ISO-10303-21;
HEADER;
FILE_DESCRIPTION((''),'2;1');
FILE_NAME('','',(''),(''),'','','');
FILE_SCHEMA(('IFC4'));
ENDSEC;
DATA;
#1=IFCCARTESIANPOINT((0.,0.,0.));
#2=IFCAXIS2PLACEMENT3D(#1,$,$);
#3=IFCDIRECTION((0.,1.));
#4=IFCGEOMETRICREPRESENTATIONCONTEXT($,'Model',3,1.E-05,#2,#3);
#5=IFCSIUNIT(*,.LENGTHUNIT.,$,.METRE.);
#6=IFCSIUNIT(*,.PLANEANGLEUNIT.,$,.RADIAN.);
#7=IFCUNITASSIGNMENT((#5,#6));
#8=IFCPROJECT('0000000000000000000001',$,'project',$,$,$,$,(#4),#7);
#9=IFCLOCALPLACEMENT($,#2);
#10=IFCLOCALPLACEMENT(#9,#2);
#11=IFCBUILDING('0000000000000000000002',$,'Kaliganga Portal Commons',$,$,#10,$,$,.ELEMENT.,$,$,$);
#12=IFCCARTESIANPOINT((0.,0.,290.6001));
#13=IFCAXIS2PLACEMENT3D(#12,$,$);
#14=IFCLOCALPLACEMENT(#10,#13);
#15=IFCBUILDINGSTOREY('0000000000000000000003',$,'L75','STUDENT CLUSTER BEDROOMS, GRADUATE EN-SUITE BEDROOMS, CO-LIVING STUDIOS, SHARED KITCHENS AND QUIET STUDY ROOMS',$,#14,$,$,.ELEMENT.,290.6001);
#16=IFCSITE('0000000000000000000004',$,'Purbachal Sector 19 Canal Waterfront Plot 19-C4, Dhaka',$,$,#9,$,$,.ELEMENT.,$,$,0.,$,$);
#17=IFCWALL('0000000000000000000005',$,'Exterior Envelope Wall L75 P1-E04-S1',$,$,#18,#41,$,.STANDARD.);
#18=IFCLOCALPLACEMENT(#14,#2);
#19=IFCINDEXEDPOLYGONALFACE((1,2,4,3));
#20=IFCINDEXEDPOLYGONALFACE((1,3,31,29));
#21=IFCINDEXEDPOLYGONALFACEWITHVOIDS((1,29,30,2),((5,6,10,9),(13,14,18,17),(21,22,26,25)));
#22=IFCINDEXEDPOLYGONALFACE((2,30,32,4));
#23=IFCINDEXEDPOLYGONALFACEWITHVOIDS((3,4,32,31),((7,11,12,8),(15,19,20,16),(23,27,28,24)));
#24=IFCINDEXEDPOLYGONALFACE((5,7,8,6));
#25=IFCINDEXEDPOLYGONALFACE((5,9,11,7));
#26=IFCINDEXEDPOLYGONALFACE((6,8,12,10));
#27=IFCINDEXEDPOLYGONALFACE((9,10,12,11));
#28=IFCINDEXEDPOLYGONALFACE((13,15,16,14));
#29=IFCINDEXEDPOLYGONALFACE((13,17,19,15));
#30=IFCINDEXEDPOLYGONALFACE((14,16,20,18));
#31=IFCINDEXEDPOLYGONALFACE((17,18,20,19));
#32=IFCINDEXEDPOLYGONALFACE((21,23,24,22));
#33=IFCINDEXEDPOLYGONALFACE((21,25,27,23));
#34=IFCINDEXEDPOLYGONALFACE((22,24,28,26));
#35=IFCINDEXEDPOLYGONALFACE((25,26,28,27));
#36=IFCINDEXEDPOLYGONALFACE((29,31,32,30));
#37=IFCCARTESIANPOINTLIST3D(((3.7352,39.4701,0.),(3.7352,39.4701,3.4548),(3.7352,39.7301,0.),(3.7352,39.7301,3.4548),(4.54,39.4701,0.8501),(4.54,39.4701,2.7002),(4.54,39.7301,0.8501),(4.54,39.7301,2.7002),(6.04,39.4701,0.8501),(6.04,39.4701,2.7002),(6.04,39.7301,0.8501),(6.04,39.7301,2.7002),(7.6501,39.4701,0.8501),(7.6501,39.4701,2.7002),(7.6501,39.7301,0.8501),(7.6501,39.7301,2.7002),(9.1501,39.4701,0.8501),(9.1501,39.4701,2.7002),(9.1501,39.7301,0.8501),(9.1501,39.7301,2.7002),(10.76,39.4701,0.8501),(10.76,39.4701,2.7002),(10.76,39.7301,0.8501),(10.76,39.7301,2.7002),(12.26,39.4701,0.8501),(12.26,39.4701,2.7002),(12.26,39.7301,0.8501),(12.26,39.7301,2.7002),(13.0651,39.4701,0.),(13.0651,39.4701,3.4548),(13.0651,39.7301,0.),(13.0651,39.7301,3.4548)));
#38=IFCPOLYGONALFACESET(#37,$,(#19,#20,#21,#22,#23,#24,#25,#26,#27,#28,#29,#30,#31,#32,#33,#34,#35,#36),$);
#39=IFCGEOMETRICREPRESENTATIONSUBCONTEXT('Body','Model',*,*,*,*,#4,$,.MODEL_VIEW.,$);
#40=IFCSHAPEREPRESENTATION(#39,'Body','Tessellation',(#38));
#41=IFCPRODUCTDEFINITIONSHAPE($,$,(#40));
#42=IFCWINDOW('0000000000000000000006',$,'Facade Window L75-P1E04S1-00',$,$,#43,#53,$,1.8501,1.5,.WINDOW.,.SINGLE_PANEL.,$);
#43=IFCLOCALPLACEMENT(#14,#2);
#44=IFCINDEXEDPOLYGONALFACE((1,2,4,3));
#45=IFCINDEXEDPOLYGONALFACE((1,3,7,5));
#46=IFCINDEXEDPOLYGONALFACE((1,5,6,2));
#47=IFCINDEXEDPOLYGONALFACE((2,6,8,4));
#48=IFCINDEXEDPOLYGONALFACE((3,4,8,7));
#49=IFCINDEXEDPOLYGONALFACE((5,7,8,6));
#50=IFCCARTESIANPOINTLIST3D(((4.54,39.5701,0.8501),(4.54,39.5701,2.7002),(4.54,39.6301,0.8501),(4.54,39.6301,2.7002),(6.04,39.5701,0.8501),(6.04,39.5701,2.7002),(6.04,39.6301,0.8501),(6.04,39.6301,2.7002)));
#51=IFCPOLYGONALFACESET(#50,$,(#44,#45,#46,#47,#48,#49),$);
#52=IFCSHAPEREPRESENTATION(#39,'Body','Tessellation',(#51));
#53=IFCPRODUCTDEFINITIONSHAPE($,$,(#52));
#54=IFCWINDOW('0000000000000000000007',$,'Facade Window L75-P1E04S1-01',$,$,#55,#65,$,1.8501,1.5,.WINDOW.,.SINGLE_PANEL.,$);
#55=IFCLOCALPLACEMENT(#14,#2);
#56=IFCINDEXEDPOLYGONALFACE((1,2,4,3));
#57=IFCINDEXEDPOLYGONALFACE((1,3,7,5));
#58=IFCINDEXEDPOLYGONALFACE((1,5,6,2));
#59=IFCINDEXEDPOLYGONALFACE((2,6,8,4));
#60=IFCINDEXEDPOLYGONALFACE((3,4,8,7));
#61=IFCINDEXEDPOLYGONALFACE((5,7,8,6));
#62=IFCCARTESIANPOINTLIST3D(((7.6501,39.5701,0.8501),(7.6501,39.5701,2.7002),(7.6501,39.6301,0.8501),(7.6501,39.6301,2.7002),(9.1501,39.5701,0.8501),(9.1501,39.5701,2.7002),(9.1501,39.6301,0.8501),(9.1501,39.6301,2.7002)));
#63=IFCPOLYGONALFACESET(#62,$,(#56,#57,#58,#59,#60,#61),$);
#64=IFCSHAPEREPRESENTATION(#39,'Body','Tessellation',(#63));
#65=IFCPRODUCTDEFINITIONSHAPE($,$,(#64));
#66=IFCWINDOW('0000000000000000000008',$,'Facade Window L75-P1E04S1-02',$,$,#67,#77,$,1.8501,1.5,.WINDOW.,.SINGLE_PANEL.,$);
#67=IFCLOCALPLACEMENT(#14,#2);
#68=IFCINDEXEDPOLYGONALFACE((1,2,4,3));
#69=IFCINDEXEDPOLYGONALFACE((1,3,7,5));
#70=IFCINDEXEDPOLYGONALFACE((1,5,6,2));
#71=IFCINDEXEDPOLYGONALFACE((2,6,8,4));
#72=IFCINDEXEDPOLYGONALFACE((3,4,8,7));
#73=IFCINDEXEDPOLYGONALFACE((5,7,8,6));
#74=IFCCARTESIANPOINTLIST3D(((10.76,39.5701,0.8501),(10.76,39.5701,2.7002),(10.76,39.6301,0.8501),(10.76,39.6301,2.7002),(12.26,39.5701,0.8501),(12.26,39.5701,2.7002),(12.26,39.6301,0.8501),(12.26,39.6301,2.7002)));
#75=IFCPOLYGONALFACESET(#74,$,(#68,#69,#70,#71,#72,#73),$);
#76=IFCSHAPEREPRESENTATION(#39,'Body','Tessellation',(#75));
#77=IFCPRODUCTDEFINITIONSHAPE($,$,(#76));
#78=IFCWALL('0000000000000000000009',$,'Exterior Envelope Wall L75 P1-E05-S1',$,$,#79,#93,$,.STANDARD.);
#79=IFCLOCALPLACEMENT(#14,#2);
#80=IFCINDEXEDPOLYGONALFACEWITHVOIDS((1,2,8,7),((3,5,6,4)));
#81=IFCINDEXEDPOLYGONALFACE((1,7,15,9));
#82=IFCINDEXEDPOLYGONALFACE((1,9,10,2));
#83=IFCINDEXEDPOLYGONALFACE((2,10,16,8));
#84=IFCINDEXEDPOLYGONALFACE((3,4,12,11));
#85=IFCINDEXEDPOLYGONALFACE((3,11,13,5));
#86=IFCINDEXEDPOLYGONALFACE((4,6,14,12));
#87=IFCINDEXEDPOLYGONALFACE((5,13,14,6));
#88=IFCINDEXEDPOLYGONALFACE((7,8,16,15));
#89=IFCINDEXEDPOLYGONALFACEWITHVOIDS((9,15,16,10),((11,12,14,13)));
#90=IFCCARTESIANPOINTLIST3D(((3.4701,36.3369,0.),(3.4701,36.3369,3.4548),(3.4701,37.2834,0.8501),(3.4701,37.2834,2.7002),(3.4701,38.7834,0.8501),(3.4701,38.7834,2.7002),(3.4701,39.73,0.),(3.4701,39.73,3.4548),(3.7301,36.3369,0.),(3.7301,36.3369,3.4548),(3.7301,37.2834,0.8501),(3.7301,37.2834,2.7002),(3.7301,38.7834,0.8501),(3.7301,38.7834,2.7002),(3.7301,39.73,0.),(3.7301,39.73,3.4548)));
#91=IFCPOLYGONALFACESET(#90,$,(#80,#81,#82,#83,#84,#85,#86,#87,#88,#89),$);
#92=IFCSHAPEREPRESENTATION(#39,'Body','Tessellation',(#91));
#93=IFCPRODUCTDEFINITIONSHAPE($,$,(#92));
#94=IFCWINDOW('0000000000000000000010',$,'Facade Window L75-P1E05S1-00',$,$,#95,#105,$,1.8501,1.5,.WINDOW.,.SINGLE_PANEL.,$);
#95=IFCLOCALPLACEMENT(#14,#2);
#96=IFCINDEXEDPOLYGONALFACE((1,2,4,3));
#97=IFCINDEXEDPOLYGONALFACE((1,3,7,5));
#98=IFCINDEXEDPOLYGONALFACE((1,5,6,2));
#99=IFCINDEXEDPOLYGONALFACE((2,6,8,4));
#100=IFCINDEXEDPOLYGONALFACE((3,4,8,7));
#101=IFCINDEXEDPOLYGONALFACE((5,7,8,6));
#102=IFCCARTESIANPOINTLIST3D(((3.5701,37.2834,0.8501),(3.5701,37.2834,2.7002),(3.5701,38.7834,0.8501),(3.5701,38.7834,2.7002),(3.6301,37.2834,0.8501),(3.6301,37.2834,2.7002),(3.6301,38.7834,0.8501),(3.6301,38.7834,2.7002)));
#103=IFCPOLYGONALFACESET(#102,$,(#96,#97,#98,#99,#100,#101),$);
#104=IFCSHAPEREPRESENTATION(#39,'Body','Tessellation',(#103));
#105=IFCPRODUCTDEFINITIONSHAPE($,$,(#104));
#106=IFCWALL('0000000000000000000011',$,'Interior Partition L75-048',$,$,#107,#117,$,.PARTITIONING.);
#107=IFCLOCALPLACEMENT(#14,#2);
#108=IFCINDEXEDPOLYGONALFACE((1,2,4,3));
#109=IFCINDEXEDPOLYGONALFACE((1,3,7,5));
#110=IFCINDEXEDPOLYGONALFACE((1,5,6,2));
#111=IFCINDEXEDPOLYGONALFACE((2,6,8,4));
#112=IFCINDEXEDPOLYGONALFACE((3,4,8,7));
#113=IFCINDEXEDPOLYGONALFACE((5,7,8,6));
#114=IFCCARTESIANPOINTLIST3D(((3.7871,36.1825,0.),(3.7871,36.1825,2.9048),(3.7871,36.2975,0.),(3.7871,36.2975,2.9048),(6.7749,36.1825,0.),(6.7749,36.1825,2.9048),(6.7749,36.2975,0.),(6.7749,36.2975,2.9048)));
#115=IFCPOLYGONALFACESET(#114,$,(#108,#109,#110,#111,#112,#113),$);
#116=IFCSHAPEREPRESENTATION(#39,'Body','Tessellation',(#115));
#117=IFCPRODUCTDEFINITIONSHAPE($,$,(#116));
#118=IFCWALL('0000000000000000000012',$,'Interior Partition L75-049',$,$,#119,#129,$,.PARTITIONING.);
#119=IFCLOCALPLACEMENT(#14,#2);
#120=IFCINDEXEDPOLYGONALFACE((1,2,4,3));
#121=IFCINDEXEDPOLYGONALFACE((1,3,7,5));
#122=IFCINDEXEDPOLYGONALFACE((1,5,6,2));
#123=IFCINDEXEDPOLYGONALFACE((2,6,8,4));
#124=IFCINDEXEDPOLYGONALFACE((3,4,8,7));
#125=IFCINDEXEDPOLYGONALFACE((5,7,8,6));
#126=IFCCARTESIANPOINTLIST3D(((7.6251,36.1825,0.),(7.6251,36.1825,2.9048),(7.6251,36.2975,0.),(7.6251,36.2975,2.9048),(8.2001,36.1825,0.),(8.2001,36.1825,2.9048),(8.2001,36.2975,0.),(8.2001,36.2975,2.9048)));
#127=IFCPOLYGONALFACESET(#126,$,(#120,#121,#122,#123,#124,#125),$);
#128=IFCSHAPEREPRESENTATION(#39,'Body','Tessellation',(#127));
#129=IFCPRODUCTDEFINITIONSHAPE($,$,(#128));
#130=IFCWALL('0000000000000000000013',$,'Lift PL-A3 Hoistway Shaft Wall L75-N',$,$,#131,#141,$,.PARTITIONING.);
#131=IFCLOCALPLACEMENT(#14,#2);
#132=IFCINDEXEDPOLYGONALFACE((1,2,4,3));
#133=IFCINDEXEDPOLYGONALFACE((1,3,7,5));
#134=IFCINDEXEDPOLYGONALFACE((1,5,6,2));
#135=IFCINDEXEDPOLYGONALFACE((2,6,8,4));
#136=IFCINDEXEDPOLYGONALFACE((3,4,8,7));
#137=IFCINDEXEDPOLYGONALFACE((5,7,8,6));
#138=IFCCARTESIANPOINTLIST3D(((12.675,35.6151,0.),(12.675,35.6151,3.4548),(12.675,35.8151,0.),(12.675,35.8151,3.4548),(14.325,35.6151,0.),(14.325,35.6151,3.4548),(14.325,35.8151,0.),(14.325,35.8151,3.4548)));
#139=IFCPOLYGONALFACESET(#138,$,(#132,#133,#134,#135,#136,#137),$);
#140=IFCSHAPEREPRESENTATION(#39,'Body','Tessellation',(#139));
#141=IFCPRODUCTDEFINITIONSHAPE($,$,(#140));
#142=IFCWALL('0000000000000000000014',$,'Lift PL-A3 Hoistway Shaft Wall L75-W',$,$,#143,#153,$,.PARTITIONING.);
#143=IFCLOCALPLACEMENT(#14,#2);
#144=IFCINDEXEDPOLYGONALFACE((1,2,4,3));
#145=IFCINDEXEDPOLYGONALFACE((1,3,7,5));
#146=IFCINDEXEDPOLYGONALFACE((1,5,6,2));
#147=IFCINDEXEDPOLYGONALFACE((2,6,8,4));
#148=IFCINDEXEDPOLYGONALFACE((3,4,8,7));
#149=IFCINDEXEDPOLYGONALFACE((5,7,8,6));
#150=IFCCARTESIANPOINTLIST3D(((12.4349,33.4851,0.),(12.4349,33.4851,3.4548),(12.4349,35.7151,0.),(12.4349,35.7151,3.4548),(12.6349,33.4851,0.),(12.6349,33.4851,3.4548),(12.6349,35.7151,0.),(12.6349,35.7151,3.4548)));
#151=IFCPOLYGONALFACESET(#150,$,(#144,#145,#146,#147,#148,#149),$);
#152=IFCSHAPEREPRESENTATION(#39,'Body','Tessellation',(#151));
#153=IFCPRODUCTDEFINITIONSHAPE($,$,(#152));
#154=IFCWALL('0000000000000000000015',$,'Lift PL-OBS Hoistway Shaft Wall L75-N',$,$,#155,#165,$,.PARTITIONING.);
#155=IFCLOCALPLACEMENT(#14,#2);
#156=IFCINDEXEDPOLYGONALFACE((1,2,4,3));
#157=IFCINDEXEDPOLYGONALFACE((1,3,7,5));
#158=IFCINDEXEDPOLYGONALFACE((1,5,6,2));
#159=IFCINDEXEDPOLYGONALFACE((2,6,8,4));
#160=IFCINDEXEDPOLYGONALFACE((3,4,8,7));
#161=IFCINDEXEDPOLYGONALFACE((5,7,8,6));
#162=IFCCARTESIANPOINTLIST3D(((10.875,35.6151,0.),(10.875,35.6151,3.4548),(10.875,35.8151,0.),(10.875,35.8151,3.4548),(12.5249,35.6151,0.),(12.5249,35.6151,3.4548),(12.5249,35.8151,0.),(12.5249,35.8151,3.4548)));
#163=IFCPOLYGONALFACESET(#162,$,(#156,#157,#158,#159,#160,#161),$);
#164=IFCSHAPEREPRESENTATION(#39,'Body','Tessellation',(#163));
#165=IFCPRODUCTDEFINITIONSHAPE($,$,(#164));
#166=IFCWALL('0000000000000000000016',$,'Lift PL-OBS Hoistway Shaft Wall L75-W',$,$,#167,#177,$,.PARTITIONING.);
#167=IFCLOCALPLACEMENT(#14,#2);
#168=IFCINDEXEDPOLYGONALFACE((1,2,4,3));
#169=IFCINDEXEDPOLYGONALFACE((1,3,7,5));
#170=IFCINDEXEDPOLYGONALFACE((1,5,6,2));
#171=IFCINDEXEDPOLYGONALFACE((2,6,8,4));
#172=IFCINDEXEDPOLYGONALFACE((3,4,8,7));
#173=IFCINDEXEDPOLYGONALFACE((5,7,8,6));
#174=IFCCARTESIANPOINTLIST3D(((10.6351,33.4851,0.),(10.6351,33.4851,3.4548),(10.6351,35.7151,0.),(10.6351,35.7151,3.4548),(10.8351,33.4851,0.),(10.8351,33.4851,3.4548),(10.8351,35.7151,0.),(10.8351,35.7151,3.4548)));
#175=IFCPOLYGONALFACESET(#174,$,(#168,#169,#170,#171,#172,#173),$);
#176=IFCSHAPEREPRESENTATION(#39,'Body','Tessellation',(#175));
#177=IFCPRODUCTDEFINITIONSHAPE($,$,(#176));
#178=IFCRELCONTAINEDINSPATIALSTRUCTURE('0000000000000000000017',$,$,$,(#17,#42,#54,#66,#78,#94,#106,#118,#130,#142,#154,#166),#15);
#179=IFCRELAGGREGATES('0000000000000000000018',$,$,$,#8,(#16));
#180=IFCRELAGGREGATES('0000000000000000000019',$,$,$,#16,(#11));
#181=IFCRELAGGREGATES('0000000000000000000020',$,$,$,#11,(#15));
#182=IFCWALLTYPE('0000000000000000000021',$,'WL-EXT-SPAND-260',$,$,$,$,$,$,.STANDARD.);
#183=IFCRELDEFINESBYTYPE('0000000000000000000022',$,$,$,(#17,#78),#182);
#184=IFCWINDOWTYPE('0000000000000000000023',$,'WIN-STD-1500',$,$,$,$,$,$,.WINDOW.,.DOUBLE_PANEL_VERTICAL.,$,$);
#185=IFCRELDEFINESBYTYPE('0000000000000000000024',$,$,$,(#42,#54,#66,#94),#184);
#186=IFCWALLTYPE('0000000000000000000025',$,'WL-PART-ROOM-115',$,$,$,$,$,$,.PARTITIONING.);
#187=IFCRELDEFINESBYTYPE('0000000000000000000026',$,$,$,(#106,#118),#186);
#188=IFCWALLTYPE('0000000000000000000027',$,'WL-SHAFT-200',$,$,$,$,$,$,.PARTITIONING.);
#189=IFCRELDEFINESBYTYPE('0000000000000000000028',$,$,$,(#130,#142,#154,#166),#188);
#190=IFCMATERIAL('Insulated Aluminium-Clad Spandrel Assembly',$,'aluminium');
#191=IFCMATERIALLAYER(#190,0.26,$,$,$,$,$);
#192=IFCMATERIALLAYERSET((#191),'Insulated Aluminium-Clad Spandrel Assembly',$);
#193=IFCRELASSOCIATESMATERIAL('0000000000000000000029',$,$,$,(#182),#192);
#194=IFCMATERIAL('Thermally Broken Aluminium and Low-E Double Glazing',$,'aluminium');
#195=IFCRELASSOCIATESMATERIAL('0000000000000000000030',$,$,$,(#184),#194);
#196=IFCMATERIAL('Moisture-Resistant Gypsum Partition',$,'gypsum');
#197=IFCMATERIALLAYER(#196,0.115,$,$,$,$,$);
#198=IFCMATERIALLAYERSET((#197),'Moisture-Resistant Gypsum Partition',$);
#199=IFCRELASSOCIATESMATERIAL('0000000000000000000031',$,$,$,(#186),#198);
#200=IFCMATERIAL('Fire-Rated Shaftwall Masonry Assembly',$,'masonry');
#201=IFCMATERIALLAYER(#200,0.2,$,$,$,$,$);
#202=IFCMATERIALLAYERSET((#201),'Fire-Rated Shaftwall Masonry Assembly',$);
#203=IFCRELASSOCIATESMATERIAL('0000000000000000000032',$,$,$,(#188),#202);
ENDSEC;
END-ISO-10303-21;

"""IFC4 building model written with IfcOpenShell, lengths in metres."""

from ifc_helpers import new_model, si_unit, direction, frame, frame_2d, origin, place, context, subcontext, project, spatial, rectangle, extrude, material, layer, layer_set, type_object, element, fill, save


model = new_model("IFC4")

# Units and contexts
model_context = context("Model", 3, precision=1e-05, world=origin(), true_north=direction((0.0, 1.0)))
body_context = subcontext(model_context, "Body", "Model", "MODEL_VIEW")
ifc_project = project(units=[si_unit("LENGTHUNIT", "METRE"), si_unit("PLANEANGLEUNIT", "RADIAN")], contexts=[model_context])

# Site, building, storey
site_placement = place(None, origin())
site = spatial("IfcSite", under=ifc_project, at=site_placement, Name="Purbachal Sector 19 Canal Waterfront Plot 19-C4, Dhaka", CompositionType="ELEMENT", RefElevation=0.0)
building_placement = place(site_placement, origin())
building = spatial("IfcBuilding", under=site, at=building_placement, Name="Kaliganga Portal Commons", CompositionType="ELEMENT")
storey_placement = place(building_placement, frame((0.0, 0.0, 290.6001)))
storey = spatial("IfcBuildingStorey", under=building, at=storey_placement, Name="L75", Description="STUDENT CLUSTER BEDROOMS, GRADUATE EN-SUITE BEDROOMS, CO-LIVING STUDIOS, SHARED KITCHENS AND QUIET STUDY ROOMS", CompositionType="ELEMENT", Elevation=290.6001)

# Wall, openings, windows
ifc_material_1 = material(Name="Insulated Aluminium-Clad Spandrel Assembly", Category="aluminium")
ifc_layer_1 = layer(ifc_material_1, 0.26)
ifc_layer_set_1 = layer_set([ifc_layer_1], Name="Insulated Aluminium-Clad Spandrel Assembly")
wall_type_1 = type_object("IfcWallType", Name="WL-EXT-SPAND-260", PredefinedType="STANDARD", material=ifc_layer_set_1)
wall_1_placement = place(storey_placement, frame((3.7351, 39.6001, 0.0), z_axis=(0.0, 0.0, 1.0), x_axis=(1.0, 0.0, 0.0)))
wall_1 = element("IfcWall", 1, at=wall_1_placement, inside=storey, type_object=wall_type_1, Name="Exterior Envelope Wall L75 P1-E04-S1", PredefinedType="STANDARD", context=body_context, shape_type="SweptSolid", body=[
    extrude(rectangle(XDim=9.3298, YDim=0.26, at=frame_2d((4.665, 0.0))), origin(), (0.0, 0.0, 1.0), 3.4548),
])
opening_1_placement = place(wall_1_placement, frame((0.8049, 0.0, 0.8501)))
opening_1 = element("IfcOpeningElement", 2, at=opening_1_placement, cuts=wall_1, PredefinedType="OPENING", context=body_context, shape_type="SweptSolid", body=[
    extrude(rectangle(XDim=1.5, YDim=1.8501, at=frame_2d((0.75, 0.925))), frame((0.0, 0.1401, 0.0), z_axis=(0.0, -1.0, 0.0), x_axis=(1.0, 0.0, 0.0)), (0.0, 0.0, 1.0), 0.28),
])
opening_2_placement = place(wall_1_placement, frame((3.915, 0.0, 0.8501)))
opening_2 = element("IfcOpeningElement", 3, at=opening_2_placement, cuts=wall_1, PredefinedType="OPENING", context=body_context, shape_type="SweptSolid", body=[
    extrude(rectangle(XDim=1.5, YDim=1.8501, at=frame_2d((0.75, 0.925))), frame((0.0, 0.1401, 0.0), z_axis=(0.0, -1.0, 0.0), x_axis=(1.0, 0.0, 0.0)), (0.0, 0.0, 1.0), 0.28),
])
opening_3_placement = place(wall_1_placement, frame((7.0249, 0.0, 0.8501)))
opening_3 = element("IfcOpeningElement", 4, at=opening_3_placement, cuts=wall_1, PredefinedType="OPENING", context=body_context, shape_type="SweptSolid", body=[
    extrude(rectangle(XDim=1.5, YDim=1.8501, at=frame_2d((0.75, 0.925))), frame((0.0, 0.1401, 0.0), z_axis=(0.0, -1.0, 0.0), x_axis=(1.0, 0.0, 0.0)), (0.0, 0.0, 1.0), 0.28),
])
ifc_material_2 = material(Name="Thermally Broken Aluminium and Low-E Double Glazing", Category="aluminium")
window_type = type_object("IfcWindowType", Name="WIN-STD-1500", PartitioningType="DOUBLE_PANEL_VERTICAL", PredefinedType="WINDOW", material=ifc_material_2)
window_1_placement = place(opening_1_placement, origin())
window_1 = element("IfcWindow", 5, at=window_1_placement, inside=storey, type_object=window_type, Name="Facade Window L75-P1E04S1-00", OverallHeight=1.8501, OverallWidth=1.5, PartitioningType="SINGLE_PANEL", PredefinedType="WINDOW", context=body_context, shape_type="SweptSolid", body=[
    extrude(rectangle(XDim=1.5, YDim=1.8501, at=frame_2d((0.75, 0.925))), frame((0.0, 0.03, 0.0), z_axis=(0.0, -1.0, 0.0), x_axis=(1.0, 0.0, 0.0)), (0.0, 0.0, 1.0), 0.0601),
])
fill(opening_1, window_1)
window_2_placement = place(opening_2_placement, origin())
window_2 = element("IfcWindow", 6, at=window_2_placement, inside=storey, type_object=window_type, Name="Facade Window L75-P1E04S1-01", OverallHeight=1.8501, OverallWidth=1.5, PartitioningType="SINGLE_PANEL", PredefinedType="WINDOW", context=body_context, shape_type="SweptSolid", body=[
    extrude(rectangle(XDim=1.5, YDim=1.8501, at=frame_2d((0.75, 0.925))), frame((0.0, 0.03, 0.0), z_axis=(0.0, -1.0, 0.0), x_axis=(1.0, 0.0, 0.0)), (0.0, 0.0, 1.0), 0.0601),
])
fill(opening_2, window_2)
window_3_placement = place(opening_3_placement, origin())
window_3 = element("IfcWindow", 7, at=window_3_placement, inside=storey, type_object=window_type, Name="Facade Window L75-P1E04S1-02", OverallHeight=1.8501, OverallWidth=1.5, PartitioningType="SINGLE_PANEL", PredefinedType="WINDOW", context=body_context, shape_type="SweptSolid", body=[
    extrude(rectangle(XDim=1.5, YDim=1.8501, at=frame_2d((0.75, 0.925))), frame((0.0, 0.03, 0.0), z_axis=(0.0, -1.0, 0.0), x_axis=(1.0, 0.0, 0.0)), (0.0, 0.0, 1.0), 0.0601),
])
fill(opening_3, window_3)

# Wall, opening, window
wall_2_placement = place(storey_placement, frame((3.6001, 36.3369, 0.0), z_axis=(0.0, 0.0, 1.0), x_axis=(0.0, 1.0, 0.0)))
wall_2 = element("IfcWall", 8, at=wall_2_placement, inside=storey, type_object=wall_type_1, Name="Exterior Envelope Wall L75 P1-E05-S1", PredefinedType="STANDARD", context=body_context, shape_type="SweptSolid", body=[
    extrude(rectangle(XDim=3.3931, YDim=0.26, at=frame_2d((1.6965, 0.0))), origin(), (0.0, 0.0, 1.0), 3.4548),
])
opening_4_placement = place(wall_2_placement, frame((0.9465, 0.0, 0.8501)))
opening_4 = element("IfcOpeningElement", 9, at=opening_4_placement, cuts=wall_2, PredefinedType="OPENING", context=body_context, shape_type="SweptSolid", body=[
    extrude(rectangle(XDim=1.5, YDim=1.8501, at=frame_2d((0.75, 0.925))), frame((0.0, 0.1401, 0.0), z_axis=(0.0, -1.0, 0.0), x_axis=(1.0, 0.0, 0.0)), (0.0, 0.0, 1.0), 0.28),
])
window_4_placement = place(opening_4_placement, origin())
window_4 = element("IfcWindow", 10, at=window_4_placement, inside=storey, type_object=window_type, Name="Facade Window L75-P1E05S1-00", OverallHeight=1.8501, OverallWidth=1.5, PartitioningType="SINGLE_PANEL", PredefinedType="WINDOW", context=body_context, shape_type="SweptSolid", body=[
    extrude(rectangle(XDim=1.5, YDim=1.8501, at=frame_2d((0.75, 0.925))), frame((0.0, 0.03, 0.0), z_axis=(0.0, -1.0, 0.0), x_axis=(1.0, 0.0, 0.0)), (0.0, 0.0, 1.0), 0.0601),
])
fill(opening_4, window_4)

# Walls
ifc_material_3 = material(Name="Moisture-Resistant Gypsum Partition", Category="gypsum")
ifc_layer_2 = layer(ifc_material_3, 0.115)
ifc_layer_set_2 = layer_set([ifc_layer_2], Name="Moisture-Resistant Gypsum Partition")
wall_type_2 = type_object("IfcWallType", Name="WL-PART-ROOM-115", PredefinedType="PARTITIONING", material=ifc_layer_set_2)
wall_3_placement = place(storey_placement, frame((3.7871, 36.24, 0.0), z_axis=(0.0, 0.0, 1.0), x_axis=(1.0, 0.0, 0.0)))
element("IfcWall", 11, at=wall_3_placement, inside=storey, type_object=wall_type_2, Name="Interior Partition L75-048", PredefinedType="PARTITIONING", context=body_context, shape_type="SweptSolid", body=[
    extrude(rectangle(XDim=2.9878, YDim=0.115, at=frame_2d((1.4939, 0.0))), origin(), (0.0, 0.0, 1.0), 2.9048),
])
wall_4_placement = place(storey_placement, frame((7.625, 36.24, 0.0), z_axis=(0.0, 0.0, 1.0), x_axis=(1.0, 0.0, 0.0)))
element("IfcWall", 12, at=wall_4_placement, inside=storey, type_object=wall_type_2, Name="Interior Partition L75-049", PredefinedType="PARTITIONING", context=body_context, shape_type="SweptSolid", body=[
    extrude(rectangle(XDim=0.575, YDim=0.115, at=frame_2d((0.2876, 0.0))), origin(), (0.0, 0.0, 1.0), 2.9048),
])

# Shared definitions
ifc_material_4 = material(Name="Fire-Rated Shaftwall Masonry Assembly", Category="masonry")
ifc_layer_3 = layer(ifc_material_4, 0.2)
ifc_layer_set_3 = layer_set([ifc_layer_3], Name="Fire-Rated Shaftwall Masonry Assembly")
wall_type_3 = type_object("IfcWallType", Name="WL-SHAFT-200", PredefinedType="PARTITIONING", material=ifc_layer_set_3)

# Walls
wall_5_placement = place(storey_placement, frame((12.675, 35.7151, 0.0), z_axis=(0.0, 0.0, 1.0), x_axis=(1.0, 0.0, 0.0)))
element("IfcWall", 13, at=wall_5_placement, inside=storey, type_object=wall_type_3, Name="Lift PL-A3 Hoistway Shaft Wall L75-N", PredefinedType="PARTITIONING", context=body_context, shape_type="SweptSolid", body=[
    extrude(rectangle(XDim=1.6499, YDim=0.2, at=frame_2d((0.825, 0.0))), origin(), (0.0, 0.0, 1.0), 3.4548),
])
wall_6_placement = place(storey_placement, frame((12.5349, 33.4851, 0.0), z_axis=(0.0, 0.0, 1.0), x_axis=(0.0, 1.0, 0.0)))
element("IfcWall", 14, at=wall_6_placement, inside=storey, type_object=wall_type_3, Name="Lift PL-A3 Hoistway Shaft Wall L75-W", PredefinedType="PARTITIONING", context=body_context, shape_type="SweptSolid", body=[
    extrude(rectangle(XDim=2.23, YDim=0.2, at=frame_2d((1.115, 0.0))), origin(), (0.0, 0.0, 1.0), 3.4548),
])

# Walls
wall_7_placement = place(storey_placement, frame((10.875, 35.7151, 0.0), z_axis=(0.0, 0.0, 1.0), x_axis=(1.0, 0.0, 0.0)))
element("IfcWall", 15, at=wall_7_placement, inside=storey, type_object=wall_type_3, Name="Lift PL-OBS Hoistway Shaft Wall L75-N", PredefinedType="PARTITIONING", context=body_context, shape_type="SweptSolid", body=[
    extrude(rectangle(XDim=1.6499, YDim=0.2, at=frame_2d((0.825, 0.0))), origin(), (0.0, 0.0, 1.0), 3.4548),
])
wall_8_placement = place(storey_placement, frame((10.7351, 33.4851, 0.0), z_axis=(0.0, 0.0, 1.0), x_axis=(0.0, 1.0, 0.0)))
element("IfcWall", 16, at=wall_8_placement, inside=storey, type_object=wall_type_3, Name="Lift PL-OBS Hoistway Shaft Wall L75-W", PredefinedType="PARTITIONING", context=body_context, shape_type="SweptSolid", body=[
    extrude(rectangle(XDim=2.23, YDim=0.2, at=frame_2d((1.115, 0.0))), origin(), (0.0, 0.0, 1.0), 3.4548),
])

save(model, "model.ifc")
